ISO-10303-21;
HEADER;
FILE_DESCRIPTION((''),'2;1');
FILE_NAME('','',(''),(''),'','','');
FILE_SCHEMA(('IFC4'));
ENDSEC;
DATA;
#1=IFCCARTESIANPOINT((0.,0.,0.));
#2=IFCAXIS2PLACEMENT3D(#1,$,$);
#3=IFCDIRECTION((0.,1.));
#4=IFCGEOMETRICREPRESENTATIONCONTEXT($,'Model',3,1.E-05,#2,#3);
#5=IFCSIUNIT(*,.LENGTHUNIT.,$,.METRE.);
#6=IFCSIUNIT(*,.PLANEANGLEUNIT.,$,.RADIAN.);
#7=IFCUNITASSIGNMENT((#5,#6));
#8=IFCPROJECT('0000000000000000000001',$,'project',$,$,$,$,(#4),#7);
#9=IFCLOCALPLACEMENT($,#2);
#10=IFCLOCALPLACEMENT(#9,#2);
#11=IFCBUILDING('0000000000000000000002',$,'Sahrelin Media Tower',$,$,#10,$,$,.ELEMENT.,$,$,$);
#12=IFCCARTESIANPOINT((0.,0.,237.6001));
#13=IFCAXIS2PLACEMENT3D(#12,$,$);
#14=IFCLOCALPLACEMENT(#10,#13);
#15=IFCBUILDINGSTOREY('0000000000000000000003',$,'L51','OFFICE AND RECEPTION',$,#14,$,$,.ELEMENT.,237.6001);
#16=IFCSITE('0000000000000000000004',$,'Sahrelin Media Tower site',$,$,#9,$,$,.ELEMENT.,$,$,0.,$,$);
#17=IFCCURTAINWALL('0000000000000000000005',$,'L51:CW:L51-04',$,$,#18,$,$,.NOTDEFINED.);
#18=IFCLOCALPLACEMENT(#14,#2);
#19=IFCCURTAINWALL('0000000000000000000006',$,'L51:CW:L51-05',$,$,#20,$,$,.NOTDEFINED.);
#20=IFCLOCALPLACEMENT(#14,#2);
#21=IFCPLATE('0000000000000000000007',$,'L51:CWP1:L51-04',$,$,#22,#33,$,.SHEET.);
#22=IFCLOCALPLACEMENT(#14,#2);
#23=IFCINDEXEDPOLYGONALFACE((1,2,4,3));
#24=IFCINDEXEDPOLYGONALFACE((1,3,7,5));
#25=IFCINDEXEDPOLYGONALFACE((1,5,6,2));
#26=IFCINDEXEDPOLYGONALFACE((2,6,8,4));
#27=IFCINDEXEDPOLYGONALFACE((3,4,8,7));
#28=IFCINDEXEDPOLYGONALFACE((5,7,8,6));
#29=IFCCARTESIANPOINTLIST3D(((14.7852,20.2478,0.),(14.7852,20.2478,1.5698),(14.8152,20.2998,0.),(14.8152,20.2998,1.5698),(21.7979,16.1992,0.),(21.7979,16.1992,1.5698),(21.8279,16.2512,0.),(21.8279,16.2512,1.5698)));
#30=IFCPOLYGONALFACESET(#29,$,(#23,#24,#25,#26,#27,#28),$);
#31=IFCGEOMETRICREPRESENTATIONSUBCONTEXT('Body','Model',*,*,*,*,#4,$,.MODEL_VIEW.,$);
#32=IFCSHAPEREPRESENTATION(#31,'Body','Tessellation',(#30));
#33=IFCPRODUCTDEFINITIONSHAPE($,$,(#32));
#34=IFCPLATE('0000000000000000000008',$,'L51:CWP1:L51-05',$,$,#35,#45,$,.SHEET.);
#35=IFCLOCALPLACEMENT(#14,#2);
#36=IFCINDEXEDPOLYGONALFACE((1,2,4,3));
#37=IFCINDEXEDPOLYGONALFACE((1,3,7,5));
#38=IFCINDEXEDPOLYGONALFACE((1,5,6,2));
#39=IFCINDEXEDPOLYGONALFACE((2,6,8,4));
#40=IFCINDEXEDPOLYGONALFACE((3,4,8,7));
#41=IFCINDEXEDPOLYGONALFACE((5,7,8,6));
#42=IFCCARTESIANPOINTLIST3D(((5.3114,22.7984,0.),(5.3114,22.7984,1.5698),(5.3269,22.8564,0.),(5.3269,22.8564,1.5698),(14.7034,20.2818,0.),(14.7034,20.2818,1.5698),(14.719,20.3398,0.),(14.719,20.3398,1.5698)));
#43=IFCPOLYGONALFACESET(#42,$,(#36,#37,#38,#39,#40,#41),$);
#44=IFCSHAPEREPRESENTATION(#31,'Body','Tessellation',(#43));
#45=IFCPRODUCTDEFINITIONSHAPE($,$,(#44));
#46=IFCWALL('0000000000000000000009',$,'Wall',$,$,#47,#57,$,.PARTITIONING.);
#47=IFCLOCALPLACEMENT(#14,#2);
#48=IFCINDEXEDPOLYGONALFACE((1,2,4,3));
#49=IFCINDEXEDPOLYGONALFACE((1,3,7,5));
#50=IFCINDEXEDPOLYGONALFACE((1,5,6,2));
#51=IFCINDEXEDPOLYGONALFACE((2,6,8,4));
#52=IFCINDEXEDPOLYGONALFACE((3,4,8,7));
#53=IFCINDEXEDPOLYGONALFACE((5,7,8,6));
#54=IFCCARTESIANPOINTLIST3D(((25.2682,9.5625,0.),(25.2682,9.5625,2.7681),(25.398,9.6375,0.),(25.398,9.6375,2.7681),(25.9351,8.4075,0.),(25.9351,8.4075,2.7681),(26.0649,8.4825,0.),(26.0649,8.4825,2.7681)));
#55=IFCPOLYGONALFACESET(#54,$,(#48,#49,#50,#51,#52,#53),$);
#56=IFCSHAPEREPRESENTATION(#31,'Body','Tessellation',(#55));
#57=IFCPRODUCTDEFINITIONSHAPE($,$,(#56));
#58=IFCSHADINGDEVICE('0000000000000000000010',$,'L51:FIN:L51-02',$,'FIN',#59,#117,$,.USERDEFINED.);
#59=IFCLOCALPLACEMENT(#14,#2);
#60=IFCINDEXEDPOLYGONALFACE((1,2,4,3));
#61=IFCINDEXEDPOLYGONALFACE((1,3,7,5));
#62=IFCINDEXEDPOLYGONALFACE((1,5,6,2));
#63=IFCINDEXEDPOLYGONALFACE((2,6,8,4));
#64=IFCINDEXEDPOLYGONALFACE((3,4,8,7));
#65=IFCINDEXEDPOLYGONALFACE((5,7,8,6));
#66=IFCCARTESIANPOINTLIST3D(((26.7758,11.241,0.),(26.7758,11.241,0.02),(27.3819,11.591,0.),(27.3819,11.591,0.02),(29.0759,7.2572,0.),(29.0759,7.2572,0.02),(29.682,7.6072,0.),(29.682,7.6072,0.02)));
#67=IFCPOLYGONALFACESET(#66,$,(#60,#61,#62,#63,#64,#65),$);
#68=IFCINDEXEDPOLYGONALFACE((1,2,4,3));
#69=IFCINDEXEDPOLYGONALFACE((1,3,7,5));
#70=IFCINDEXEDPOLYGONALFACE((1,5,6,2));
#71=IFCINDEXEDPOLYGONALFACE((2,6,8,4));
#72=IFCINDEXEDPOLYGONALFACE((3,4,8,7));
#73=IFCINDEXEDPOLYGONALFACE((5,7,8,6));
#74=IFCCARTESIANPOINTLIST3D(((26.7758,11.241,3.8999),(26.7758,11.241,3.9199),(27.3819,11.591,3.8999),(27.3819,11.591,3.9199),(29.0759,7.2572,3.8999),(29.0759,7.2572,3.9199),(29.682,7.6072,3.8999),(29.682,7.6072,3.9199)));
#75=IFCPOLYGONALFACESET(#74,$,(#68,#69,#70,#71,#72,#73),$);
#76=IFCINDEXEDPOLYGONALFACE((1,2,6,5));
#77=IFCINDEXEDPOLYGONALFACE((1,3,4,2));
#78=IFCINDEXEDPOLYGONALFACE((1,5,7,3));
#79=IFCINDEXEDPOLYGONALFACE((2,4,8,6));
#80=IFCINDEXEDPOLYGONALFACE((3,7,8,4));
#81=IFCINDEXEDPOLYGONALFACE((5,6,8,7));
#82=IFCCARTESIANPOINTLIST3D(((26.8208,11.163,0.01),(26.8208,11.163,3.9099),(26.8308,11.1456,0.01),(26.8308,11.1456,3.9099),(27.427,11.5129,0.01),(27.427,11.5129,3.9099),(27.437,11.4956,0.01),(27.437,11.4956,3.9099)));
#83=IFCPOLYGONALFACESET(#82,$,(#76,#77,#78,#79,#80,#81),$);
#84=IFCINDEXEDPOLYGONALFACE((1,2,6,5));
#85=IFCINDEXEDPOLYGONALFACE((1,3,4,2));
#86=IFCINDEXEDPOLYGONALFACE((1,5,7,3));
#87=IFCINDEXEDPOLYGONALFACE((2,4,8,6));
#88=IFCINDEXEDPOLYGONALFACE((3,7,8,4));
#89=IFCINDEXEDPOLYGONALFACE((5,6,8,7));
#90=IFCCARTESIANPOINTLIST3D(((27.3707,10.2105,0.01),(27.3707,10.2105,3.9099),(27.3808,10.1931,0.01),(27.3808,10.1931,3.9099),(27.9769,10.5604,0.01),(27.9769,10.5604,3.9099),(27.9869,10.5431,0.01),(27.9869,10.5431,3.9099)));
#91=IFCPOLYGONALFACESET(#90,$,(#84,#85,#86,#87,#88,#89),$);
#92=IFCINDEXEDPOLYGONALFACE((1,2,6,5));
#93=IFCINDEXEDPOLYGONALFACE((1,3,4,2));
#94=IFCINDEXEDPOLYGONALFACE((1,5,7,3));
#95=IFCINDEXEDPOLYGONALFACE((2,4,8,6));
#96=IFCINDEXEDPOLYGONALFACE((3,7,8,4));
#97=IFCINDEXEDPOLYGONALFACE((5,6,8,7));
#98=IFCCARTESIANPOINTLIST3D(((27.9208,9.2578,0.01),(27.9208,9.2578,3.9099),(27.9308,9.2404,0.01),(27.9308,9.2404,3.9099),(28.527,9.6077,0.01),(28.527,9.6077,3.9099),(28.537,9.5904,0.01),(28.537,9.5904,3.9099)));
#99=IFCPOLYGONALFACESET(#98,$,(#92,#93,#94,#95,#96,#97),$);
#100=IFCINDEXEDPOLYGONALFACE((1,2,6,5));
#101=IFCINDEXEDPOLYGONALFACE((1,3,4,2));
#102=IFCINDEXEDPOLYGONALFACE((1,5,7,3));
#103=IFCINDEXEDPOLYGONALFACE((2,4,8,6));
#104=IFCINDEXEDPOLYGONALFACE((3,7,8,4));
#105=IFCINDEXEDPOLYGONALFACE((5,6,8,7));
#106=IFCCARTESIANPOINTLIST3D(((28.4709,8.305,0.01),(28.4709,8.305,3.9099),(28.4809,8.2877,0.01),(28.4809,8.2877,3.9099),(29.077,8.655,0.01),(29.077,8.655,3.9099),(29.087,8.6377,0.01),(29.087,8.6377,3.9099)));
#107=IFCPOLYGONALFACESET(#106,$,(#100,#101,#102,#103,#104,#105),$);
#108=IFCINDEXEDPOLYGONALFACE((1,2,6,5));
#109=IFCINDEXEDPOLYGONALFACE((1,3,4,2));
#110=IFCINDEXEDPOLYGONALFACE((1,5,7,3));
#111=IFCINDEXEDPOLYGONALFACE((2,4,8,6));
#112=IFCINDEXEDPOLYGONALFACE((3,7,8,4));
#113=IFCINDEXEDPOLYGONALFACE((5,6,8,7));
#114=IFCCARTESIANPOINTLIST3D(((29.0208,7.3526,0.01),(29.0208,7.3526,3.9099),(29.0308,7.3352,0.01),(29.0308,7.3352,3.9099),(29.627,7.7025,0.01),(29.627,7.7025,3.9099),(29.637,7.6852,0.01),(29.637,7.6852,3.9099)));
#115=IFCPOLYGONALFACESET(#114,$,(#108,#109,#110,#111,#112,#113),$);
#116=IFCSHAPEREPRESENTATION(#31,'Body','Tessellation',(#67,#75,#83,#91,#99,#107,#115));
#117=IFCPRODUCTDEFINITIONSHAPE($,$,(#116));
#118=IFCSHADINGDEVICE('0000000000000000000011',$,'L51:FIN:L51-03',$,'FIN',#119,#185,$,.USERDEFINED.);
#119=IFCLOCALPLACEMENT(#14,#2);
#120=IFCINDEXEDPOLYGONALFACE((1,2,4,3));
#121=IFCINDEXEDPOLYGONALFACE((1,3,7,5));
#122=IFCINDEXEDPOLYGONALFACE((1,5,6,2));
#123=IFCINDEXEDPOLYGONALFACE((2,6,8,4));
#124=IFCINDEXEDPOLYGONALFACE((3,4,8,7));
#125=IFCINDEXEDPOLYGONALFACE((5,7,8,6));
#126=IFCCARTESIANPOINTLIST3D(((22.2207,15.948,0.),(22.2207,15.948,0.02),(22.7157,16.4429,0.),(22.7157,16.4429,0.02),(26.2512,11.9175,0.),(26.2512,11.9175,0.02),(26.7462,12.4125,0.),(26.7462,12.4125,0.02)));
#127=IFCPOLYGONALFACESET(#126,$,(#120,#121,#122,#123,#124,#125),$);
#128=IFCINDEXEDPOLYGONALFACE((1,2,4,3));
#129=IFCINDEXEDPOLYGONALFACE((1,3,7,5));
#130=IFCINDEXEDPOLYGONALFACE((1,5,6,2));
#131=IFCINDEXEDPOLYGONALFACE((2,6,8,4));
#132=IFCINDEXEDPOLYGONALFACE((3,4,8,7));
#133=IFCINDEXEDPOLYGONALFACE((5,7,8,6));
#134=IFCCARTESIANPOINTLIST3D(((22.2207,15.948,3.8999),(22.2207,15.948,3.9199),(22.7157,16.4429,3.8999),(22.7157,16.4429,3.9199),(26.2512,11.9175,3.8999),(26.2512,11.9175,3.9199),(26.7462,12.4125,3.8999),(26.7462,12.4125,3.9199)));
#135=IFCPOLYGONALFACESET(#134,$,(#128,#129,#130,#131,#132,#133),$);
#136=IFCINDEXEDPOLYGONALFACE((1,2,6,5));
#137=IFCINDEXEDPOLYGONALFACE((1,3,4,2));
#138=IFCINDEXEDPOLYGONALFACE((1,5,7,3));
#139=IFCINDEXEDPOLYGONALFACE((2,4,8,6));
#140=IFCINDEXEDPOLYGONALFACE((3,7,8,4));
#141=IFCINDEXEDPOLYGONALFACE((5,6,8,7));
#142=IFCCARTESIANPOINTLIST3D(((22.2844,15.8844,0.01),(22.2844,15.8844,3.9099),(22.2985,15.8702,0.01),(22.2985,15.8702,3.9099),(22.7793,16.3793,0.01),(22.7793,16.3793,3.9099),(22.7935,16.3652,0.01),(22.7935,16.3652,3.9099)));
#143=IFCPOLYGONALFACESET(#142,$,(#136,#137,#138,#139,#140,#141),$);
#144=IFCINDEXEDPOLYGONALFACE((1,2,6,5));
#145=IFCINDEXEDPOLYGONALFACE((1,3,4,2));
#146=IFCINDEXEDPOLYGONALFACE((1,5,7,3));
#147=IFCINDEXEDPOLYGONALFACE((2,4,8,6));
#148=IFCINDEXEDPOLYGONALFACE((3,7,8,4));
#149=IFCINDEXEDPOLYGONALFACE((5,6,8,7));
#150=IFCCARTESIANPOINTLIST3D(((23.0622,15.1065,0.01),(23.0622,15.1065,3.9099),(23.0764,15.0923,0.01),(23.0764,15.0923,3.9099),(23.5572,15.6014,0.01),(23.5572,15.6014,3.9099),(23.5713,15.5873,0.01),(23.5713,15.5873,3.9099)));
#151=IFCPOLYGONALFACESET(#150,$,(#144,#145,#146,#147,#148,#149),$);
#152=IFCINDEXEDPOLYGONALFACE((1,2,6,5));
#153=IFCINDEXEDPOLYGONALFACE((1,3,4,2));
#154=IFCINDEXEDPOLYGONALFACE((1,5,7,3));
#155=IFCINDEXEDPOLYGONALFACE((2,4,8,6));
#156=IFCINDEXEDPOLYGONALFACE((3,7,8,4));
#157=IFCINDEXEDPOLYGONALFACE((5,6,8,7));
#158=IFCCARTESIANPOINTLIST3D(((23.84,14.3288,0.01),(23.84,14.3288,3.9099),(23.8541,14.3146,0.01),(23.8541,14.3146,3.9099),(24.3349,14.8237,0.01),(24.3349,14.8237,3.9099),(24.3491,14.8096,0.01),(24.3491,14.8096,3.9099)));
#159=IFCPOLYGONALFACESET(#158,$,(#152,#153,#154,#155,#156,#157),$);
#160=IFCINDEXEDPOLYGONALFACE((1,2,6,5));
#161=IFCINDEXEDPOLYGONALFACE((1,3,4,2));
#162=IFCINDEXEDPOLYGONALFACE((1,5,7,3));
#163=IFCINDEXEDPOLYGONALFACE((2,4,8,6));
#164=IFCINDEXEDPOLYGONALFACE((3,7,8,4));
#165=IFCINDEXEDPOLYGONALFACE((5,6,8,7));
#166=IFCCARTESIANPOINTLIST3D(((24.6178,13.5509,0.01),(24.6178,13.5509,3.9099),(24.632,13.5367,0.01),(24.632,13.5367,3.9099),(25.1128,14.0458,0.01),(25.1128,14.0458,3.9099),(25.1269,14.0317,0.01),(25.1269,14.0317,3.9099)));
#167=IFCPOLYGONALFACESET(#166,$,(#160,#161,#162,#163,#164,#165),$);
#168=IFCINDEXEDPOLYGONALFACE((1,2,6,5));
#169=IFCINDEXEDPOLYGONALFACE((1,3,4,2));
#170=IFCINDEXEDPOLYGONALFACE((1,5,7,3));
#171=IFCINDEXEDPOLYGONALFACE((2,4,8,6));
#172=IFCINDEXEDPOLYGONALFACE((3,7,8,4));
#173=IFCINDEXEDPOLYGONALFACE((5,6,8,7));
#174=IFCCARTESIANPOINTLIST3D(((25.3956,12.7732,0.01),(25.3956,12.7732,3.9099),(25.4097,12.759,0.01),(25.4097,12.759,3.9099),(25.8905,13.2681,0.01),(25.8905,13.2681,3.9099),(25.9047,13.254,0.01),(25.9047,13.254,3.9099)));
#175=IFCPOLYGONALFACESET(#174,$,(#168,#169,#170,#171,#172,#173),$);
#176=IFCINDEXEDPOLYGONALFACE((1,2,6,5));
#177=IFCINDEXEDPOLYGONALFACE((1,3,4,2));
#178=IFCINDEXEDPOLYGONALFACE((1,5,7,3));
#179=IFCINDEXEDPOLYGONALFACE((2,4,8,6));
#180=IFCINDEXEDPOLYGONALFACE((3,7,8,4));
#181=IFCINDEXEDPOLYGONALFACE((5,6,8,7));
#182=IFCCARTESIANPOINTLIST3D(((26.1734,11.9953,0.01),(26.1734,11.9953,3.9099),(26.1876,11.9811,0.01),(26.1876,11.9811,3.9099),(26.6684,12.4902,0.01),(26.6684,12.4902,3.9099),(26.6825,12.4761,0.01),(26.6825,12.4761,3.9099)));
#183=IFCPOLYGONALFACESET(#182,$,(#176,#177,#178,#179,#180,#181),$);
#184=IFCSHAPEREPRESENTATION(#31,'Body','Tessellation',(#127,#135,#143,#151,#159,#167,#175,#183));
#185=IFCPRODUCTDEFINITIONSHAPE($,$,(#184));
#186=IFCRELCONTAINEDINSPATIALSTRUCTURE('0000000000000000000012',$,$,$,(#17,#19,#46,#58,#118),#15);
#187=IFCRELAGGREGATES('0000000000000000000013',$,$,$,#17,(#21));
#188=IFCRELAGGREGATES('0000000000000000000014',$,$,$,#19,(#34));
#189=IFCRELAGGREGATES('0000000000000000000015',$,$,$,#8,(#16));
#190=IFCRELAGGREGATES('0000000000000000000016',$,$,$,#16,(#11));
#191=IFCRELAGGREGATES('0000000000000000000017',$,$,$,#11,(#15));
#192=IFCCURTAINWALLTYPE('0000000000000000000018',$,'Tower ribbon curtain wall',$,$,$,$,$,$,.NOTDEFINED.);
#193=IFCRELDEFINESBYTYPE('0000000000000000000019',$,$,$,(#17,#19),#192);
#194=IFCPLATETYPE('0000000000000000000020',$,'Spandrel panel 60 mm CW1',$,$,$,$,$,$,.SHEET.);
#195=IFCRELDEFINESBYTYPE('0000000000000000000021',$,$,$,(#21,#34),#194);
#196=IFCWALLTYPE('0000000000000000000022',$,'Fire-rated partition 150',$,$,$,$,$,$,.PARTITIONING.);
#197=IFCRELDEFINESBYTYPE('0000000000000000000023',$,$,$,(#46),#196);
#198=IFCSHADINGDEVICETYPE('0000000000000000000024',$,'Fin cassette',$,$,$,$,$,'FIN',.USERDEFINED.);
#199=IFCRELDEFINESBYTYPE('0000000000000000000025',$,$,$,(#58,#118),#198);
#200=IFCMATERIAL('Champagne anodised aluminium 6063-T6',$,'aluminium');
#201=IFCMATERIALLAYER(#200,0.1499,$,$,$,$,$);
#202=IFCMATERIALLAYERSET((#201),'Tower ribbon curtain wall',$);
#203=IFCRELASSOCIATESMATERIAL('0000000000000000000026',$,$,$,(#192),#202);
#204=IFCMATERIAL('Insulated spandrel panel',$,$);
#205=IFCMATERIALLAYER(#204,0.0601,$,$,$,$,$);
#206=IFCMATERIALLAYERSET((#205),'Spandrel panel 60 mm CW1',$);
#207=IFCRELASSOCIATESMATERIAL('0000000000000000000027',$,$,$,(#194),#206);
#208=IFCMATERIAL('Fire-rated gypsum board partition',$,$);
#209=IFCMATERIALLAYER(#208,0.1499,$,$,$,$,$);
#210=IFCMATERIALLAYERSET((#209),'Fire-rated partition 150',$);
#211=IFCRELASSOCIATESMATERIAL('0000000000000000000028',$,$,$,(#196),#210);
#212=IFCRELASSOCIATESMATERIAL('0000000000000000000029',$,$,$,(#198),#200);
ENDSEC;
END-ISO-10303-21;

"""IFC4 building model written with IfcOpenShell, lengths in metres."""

from ifc_helpers import new_model, si_unit, direction, frame, frame_2d, origin, origin_2d, place, context, subcontext, project, spatial, polyline, rectangle, outline, extrude, material, layer, layer_set, type_object, element, aggregate, save


model = new_model("IFC4")

# Units and contexts
model_context = context("Model", 3, precision=1e-05, world=origin(), true_north=direction((0.0, 1.0)))
body_context = subcontext(model_context, "Body", "Model", "MODEL_VIEW")
ifc_project = project(units=[si_unit("LENGTHUNIT", "METRE"), si_unit("PLANEANGLEUNIT", "RADIAN")], contexts=[model_context])

# Site, building, storey
site_placement = place(None, origin())
site = spatial("IfcSite", under=ifc_project, at=site_placement, Name="Sahrelin Media Tower site", CompositionType="ELEMENT", RefElevation=0.0)
building_placement = place(site_placement, origin())
building = spatial("IfcBuilding", under=site, at=building_placement, Name="Sahrelin Media Tower", CompositionType="ELEMENT")
storey_placement = place(building_placement, frame((0.0, 0.0, 237.6001)))
storey = spatial("IfcBuildingStorey", under=building, at=storey_placement, Name="L51", Description="OFFICE AND RECEPTION", CompositionType="ELEMENT", Elevation=237.6001)

# Curtain wall
ifc_material_1 = material(Name="Champagne anodised aluminium 6063-T6", Category="aluminium")
ifc_layer_1 = layer(ifc_material_1, 0.1499)
ifc_layer_set_1 = layer_set([ifc_layer_1], Name="Tower ribbon curtain wall")
curtain_wall_type = type_object("IfcCurtainWallType", Name="Tower ribbon curtain wall", PredefinedType="NOTDEFINED", material=ifc_layer_set_1)
curtain_wall_1_placement = place(storey_placement, frame((18.3115, 18.2583, 0.0), z_axis=(0.0, 0.0, 1.0), x_axis=(1.0, 0.0, 0.0)))
curtain_wall_1 = element("IfcCurtainWall", 1, at=curtain_wall_1_placement, inside=storey, type_object=curtain_wall_type, Name="L51:CW:L51-04", PredefinedType="NOTDEFINED")

# Curtain wall
curtain_wall_2_placement = place(storey_placement, frame((10.0176, 21.5789, 0.0), z_axis=(0.0, 0.0, 1.0), x_axis=(1.0, 0.0, 0.0)))
curtain_wall_2 = element("IfcCurtainWall", 2, at=curtain_wall_2_placement, inside=storey, type_object=curtain_wall_type, Name="L51:CW:L51-05", PredefinedType="NOTDEFINED")

# Plates
ifc_material_2 = material(Name="Insulated spandrel panel")
ifc_layer_2 = layer(ifc_material_2, 0.0601)
ifc_layer_set_2 = layer_set([ifc_layer_2], Name="Spandrel panel 60 mm CW1")
plate_type_1 = type_object("IfcPlateType", Name="Spandrel panel 60 mm CW1", PredefinedType="SHEET", material=ifc_layer_set_2)
plate_1_placement = place(storey_placement, frame((21.8279, 16.2512, 0.0), z_axis=(0.499982, 0.866036, 0.0), x_axis=(-0.866036, 0.499982, 0.0)))
plate_1 = element("IfcPlate", 3, at=plate_1_placement, type_object=plate_type_1, Name="L51:CWP1:L51-04", PredefinedType="SHEET", context=body_context, shape_type="SweptSolid", body=[
    extrude(outline(polyline([(0.0, 0.0), (8.0974, 0.0), (8.0974, 1.5698), (0.0, 1.5698), (0.0, 0.0)])), origin(), (0.0, 0.0, -1.0), 0.0601),
])
aggregate(curtain_wall_1, [plate_1])
plate_2_placement = place(storey_placement, frame((14.719, 20.3398, 0.0), z_axis=(0.258819, 0.965926, 0.0), x_axis=(-0.965926, 0.258819, 0.0)))
plate_2 = element("IfcPlate", 4, at=plate_2_placement, type_object=plate_type_1, Name="L51:CWP1:L51-05", PredefinedType="SHEET", context=body_context, shape_type="SweptSolid", body=[
    extrude(outline(polyline([(0.0, 0.0), (9.7234, 0.0), (9.7234, 1.5698), (0.0, 1.5698), (0.0, 0.0)])), origin(), (0.0, 0.0, -1.0), 0.0601),
])
aggregate(curtain_wall_2, [plate_2])

# Wall
ifc_material_3 = material(Name="Fire-rated gypsum board partition")
ifc_layer_3 = layer(ifc_material_3, 0.1499)
ifc_layer_set_3 = layer_set([ifc_layer_3], Name="Fire-rated partition 150")
wall_type = type_object("IfcWallType", Name="Fire-rated partition 150", PredefinedType="PARTITIONING", material=ifc_layer_set_3)
wall_placement = place(storey_placement, frame((25.333, 9.6001, 0.0), z_axis=(0.0, 0.0, 1.0), x_axis=(0.500076, -0.865981, 0.0)))
element("IfcWall", 5, at=wall_placement, inside=storey, type_object=wall_type, Name="Wall", PredefinedType="PARTITIONING", context=body_context, shape_type="SweptSolid", body=[
    extrude(rectangle(XDim=1.3337, YDim=0.1499, at=frame_2d((0.667, 0.0))), origin(), (0.0, 0.0, 1.0), 2.7681),
])

# Shading devices
shading_device_type_1 = type_object("IfcShadingDeviceType", Name="Fin cassette", ElementType="FIN", PredefinedType="USERDEFINED", material=ifc_material_1)
placement_1 = place(storey_placement, frame((27.8652, 9.2141, 0.0), z_axis=(0.0, 0.0, 1.0), x_axis=(0.500011, -0.866019, 0.0)))
element("IfcShadingDevice", 6, at=placement_1, inside=storey, type_object=shading_device_type_1, Name="L51:FIN:L51-02", ObjectType="FIN", PredefinedType="USERDEFINED", context=body_context, shape_type="SweptSolid", body=[
    extrude(rectangle(XDim=4.6001, YDim=0.7, at=origin_2d()), frame((0.0, 0.4199, 0.0)), (0.0, 0.0, 1.0), 0.02),
    extrude(rectangle(XDim=4.6001, YDim=0.7, at=origin_2d()), frame((0.0, 0.4199, 3.8999)), (0.0, 0.0, 1.0), 0.02),
    extrude(rectangle(XDim=0.02, YDim=0.7, at=origin_2d()), frame((-2.2, 0.4199, 0.01), z_axis=(0.0, 0.0, 1.0), x_axis=(1.0, 0.0, 0.0)), (0.0, 0.0, 1.0), 3.8999),
    extrude(rectangle(XDim=0.02, YDim=0.7, at=origin_2d()), frame((-1.1001, 0.4199, 0.01), z_axis=(0.0, 0.0, 1.0), x_axis=(1.0, 0.0, 0.0)), (0.0, 0.0, 1.0), 3.8999),
    extrude(rectangle(XDim=0.02, YDim=0.7, at=origin_2d()), frame((0.0, 0.4199, 0.01), z_axis=(0.0, 0.0, 1.0), x_axis=(1.0, 0.0, 0.0)), (0.0, 0.0, 1.0), 3.8999),
    extrude(rectangle(XDim=0.02, YDim=0.7, at=origin_2d()), frame((1.1001, 0.4199, 0.01), z_axis=(0.0, 0.0, 1.0), x_axis=(1.0, 0.0, 0.0)), (0.0, 0.0, 1.0), 3.8999),
    extrude(rectangle(XDim=0.02, YDim=0.7, at=origin_2d()), frame((2.2, 0.4199, 0.01), z_axis=(0.0, 0.0, 1.0), x_axis=(1.0, 0.0, 0.0)), (0.0, 0.0, 1.0), 3.8999),
])
placement_2 = place(storey_placement, frame((24.1865, 13.8833, 0.0), z_axis=(0.0, 0.0, 1.0), x_axis=(0.707107, -0.707107, 0.0)))
element("IfcShadingDevice", 7, at=placement_2, inside=storey, type_object=shading_device_type_1, Name="L51:FIN:L51-03", ObjectType="FIN", PredefinedType="USERDEFINED", context=body_context, shape_type="SweptSolid", body=[
    extrude(rectangle(XDim=5.7, YDim=0.7, at=origin_2d()), frame((0.0, 0.4199, 0.0)), (0.0, 0.0, 1.0), 0.02),
    extrude(rectangle(XDim=5.7, YDim=0.7, at=origin_2d()), frame((0.0, 0.4199, 3.8999)), (0.0, 0.0, 1.0), 0.02),
    extrude(rectangle(XDim=0.02, YDim=0.7, at=origin_2d()), frame((-2.75, 0.4199, 0.01), z_axis=(0.0, 0.0, 1.0), x_axis=(1.0, 0.0, 0.0)), (0.0, 0.0, 1.0), 3.8999),
    extrude(rectangle(XDim=0.02, YDim=0.7, at=origin_2d()), frame((-1.6499, 0.4199, 0.01), z_axis=(0.0, 0.0, 1.0), x_axis=(1.0, 0.0, 0.0)), (0.0, 0.0, 1.0), 3.8999),
    extrude(rectangle(XDim=0.02, YDim=0.7, at=origin_2d()), frame((-0.55, 0.4199, 0.01), z_axis=(0.0, 0.0, 1.0), x_axis=(1.0, 0.0, 0.0)), (0.0, 0.0, 1.0), 3.8999),
    extrude(rectangle(XDim=0.02, YDim=0.7, at=origin_2d()), frame((0.55, 0.4199, 0.01), z_axis=(0.0, 0.0, 1.0), x_axis=(1.0, 0.0, 0.0)), (0.0, 0.0, 1.0), 3.8999),
    extrude(rectangle(XDim=0.02, YDim=0.7, at=origin_2d()), frame((1.6499, 0.4199, 0.01), z_axis=(0.0, 0.0, 1.0), x_axis=(1.0, 0.0, 0.0)), (0.0, 0.0, 1.0), 3.8999),
    extrude(rectangle(XDim=0.02, YDim=0.7, at=origin_2d()), frame((2.75, 0.4199, 0.01), z_axis=(0.0, 0.0, 1.0), x_axis=(1.0, 0.0, 0.0)), (0.0, 0.0, 1.0), 3.8999),
])

save(model, "model.ifc")
